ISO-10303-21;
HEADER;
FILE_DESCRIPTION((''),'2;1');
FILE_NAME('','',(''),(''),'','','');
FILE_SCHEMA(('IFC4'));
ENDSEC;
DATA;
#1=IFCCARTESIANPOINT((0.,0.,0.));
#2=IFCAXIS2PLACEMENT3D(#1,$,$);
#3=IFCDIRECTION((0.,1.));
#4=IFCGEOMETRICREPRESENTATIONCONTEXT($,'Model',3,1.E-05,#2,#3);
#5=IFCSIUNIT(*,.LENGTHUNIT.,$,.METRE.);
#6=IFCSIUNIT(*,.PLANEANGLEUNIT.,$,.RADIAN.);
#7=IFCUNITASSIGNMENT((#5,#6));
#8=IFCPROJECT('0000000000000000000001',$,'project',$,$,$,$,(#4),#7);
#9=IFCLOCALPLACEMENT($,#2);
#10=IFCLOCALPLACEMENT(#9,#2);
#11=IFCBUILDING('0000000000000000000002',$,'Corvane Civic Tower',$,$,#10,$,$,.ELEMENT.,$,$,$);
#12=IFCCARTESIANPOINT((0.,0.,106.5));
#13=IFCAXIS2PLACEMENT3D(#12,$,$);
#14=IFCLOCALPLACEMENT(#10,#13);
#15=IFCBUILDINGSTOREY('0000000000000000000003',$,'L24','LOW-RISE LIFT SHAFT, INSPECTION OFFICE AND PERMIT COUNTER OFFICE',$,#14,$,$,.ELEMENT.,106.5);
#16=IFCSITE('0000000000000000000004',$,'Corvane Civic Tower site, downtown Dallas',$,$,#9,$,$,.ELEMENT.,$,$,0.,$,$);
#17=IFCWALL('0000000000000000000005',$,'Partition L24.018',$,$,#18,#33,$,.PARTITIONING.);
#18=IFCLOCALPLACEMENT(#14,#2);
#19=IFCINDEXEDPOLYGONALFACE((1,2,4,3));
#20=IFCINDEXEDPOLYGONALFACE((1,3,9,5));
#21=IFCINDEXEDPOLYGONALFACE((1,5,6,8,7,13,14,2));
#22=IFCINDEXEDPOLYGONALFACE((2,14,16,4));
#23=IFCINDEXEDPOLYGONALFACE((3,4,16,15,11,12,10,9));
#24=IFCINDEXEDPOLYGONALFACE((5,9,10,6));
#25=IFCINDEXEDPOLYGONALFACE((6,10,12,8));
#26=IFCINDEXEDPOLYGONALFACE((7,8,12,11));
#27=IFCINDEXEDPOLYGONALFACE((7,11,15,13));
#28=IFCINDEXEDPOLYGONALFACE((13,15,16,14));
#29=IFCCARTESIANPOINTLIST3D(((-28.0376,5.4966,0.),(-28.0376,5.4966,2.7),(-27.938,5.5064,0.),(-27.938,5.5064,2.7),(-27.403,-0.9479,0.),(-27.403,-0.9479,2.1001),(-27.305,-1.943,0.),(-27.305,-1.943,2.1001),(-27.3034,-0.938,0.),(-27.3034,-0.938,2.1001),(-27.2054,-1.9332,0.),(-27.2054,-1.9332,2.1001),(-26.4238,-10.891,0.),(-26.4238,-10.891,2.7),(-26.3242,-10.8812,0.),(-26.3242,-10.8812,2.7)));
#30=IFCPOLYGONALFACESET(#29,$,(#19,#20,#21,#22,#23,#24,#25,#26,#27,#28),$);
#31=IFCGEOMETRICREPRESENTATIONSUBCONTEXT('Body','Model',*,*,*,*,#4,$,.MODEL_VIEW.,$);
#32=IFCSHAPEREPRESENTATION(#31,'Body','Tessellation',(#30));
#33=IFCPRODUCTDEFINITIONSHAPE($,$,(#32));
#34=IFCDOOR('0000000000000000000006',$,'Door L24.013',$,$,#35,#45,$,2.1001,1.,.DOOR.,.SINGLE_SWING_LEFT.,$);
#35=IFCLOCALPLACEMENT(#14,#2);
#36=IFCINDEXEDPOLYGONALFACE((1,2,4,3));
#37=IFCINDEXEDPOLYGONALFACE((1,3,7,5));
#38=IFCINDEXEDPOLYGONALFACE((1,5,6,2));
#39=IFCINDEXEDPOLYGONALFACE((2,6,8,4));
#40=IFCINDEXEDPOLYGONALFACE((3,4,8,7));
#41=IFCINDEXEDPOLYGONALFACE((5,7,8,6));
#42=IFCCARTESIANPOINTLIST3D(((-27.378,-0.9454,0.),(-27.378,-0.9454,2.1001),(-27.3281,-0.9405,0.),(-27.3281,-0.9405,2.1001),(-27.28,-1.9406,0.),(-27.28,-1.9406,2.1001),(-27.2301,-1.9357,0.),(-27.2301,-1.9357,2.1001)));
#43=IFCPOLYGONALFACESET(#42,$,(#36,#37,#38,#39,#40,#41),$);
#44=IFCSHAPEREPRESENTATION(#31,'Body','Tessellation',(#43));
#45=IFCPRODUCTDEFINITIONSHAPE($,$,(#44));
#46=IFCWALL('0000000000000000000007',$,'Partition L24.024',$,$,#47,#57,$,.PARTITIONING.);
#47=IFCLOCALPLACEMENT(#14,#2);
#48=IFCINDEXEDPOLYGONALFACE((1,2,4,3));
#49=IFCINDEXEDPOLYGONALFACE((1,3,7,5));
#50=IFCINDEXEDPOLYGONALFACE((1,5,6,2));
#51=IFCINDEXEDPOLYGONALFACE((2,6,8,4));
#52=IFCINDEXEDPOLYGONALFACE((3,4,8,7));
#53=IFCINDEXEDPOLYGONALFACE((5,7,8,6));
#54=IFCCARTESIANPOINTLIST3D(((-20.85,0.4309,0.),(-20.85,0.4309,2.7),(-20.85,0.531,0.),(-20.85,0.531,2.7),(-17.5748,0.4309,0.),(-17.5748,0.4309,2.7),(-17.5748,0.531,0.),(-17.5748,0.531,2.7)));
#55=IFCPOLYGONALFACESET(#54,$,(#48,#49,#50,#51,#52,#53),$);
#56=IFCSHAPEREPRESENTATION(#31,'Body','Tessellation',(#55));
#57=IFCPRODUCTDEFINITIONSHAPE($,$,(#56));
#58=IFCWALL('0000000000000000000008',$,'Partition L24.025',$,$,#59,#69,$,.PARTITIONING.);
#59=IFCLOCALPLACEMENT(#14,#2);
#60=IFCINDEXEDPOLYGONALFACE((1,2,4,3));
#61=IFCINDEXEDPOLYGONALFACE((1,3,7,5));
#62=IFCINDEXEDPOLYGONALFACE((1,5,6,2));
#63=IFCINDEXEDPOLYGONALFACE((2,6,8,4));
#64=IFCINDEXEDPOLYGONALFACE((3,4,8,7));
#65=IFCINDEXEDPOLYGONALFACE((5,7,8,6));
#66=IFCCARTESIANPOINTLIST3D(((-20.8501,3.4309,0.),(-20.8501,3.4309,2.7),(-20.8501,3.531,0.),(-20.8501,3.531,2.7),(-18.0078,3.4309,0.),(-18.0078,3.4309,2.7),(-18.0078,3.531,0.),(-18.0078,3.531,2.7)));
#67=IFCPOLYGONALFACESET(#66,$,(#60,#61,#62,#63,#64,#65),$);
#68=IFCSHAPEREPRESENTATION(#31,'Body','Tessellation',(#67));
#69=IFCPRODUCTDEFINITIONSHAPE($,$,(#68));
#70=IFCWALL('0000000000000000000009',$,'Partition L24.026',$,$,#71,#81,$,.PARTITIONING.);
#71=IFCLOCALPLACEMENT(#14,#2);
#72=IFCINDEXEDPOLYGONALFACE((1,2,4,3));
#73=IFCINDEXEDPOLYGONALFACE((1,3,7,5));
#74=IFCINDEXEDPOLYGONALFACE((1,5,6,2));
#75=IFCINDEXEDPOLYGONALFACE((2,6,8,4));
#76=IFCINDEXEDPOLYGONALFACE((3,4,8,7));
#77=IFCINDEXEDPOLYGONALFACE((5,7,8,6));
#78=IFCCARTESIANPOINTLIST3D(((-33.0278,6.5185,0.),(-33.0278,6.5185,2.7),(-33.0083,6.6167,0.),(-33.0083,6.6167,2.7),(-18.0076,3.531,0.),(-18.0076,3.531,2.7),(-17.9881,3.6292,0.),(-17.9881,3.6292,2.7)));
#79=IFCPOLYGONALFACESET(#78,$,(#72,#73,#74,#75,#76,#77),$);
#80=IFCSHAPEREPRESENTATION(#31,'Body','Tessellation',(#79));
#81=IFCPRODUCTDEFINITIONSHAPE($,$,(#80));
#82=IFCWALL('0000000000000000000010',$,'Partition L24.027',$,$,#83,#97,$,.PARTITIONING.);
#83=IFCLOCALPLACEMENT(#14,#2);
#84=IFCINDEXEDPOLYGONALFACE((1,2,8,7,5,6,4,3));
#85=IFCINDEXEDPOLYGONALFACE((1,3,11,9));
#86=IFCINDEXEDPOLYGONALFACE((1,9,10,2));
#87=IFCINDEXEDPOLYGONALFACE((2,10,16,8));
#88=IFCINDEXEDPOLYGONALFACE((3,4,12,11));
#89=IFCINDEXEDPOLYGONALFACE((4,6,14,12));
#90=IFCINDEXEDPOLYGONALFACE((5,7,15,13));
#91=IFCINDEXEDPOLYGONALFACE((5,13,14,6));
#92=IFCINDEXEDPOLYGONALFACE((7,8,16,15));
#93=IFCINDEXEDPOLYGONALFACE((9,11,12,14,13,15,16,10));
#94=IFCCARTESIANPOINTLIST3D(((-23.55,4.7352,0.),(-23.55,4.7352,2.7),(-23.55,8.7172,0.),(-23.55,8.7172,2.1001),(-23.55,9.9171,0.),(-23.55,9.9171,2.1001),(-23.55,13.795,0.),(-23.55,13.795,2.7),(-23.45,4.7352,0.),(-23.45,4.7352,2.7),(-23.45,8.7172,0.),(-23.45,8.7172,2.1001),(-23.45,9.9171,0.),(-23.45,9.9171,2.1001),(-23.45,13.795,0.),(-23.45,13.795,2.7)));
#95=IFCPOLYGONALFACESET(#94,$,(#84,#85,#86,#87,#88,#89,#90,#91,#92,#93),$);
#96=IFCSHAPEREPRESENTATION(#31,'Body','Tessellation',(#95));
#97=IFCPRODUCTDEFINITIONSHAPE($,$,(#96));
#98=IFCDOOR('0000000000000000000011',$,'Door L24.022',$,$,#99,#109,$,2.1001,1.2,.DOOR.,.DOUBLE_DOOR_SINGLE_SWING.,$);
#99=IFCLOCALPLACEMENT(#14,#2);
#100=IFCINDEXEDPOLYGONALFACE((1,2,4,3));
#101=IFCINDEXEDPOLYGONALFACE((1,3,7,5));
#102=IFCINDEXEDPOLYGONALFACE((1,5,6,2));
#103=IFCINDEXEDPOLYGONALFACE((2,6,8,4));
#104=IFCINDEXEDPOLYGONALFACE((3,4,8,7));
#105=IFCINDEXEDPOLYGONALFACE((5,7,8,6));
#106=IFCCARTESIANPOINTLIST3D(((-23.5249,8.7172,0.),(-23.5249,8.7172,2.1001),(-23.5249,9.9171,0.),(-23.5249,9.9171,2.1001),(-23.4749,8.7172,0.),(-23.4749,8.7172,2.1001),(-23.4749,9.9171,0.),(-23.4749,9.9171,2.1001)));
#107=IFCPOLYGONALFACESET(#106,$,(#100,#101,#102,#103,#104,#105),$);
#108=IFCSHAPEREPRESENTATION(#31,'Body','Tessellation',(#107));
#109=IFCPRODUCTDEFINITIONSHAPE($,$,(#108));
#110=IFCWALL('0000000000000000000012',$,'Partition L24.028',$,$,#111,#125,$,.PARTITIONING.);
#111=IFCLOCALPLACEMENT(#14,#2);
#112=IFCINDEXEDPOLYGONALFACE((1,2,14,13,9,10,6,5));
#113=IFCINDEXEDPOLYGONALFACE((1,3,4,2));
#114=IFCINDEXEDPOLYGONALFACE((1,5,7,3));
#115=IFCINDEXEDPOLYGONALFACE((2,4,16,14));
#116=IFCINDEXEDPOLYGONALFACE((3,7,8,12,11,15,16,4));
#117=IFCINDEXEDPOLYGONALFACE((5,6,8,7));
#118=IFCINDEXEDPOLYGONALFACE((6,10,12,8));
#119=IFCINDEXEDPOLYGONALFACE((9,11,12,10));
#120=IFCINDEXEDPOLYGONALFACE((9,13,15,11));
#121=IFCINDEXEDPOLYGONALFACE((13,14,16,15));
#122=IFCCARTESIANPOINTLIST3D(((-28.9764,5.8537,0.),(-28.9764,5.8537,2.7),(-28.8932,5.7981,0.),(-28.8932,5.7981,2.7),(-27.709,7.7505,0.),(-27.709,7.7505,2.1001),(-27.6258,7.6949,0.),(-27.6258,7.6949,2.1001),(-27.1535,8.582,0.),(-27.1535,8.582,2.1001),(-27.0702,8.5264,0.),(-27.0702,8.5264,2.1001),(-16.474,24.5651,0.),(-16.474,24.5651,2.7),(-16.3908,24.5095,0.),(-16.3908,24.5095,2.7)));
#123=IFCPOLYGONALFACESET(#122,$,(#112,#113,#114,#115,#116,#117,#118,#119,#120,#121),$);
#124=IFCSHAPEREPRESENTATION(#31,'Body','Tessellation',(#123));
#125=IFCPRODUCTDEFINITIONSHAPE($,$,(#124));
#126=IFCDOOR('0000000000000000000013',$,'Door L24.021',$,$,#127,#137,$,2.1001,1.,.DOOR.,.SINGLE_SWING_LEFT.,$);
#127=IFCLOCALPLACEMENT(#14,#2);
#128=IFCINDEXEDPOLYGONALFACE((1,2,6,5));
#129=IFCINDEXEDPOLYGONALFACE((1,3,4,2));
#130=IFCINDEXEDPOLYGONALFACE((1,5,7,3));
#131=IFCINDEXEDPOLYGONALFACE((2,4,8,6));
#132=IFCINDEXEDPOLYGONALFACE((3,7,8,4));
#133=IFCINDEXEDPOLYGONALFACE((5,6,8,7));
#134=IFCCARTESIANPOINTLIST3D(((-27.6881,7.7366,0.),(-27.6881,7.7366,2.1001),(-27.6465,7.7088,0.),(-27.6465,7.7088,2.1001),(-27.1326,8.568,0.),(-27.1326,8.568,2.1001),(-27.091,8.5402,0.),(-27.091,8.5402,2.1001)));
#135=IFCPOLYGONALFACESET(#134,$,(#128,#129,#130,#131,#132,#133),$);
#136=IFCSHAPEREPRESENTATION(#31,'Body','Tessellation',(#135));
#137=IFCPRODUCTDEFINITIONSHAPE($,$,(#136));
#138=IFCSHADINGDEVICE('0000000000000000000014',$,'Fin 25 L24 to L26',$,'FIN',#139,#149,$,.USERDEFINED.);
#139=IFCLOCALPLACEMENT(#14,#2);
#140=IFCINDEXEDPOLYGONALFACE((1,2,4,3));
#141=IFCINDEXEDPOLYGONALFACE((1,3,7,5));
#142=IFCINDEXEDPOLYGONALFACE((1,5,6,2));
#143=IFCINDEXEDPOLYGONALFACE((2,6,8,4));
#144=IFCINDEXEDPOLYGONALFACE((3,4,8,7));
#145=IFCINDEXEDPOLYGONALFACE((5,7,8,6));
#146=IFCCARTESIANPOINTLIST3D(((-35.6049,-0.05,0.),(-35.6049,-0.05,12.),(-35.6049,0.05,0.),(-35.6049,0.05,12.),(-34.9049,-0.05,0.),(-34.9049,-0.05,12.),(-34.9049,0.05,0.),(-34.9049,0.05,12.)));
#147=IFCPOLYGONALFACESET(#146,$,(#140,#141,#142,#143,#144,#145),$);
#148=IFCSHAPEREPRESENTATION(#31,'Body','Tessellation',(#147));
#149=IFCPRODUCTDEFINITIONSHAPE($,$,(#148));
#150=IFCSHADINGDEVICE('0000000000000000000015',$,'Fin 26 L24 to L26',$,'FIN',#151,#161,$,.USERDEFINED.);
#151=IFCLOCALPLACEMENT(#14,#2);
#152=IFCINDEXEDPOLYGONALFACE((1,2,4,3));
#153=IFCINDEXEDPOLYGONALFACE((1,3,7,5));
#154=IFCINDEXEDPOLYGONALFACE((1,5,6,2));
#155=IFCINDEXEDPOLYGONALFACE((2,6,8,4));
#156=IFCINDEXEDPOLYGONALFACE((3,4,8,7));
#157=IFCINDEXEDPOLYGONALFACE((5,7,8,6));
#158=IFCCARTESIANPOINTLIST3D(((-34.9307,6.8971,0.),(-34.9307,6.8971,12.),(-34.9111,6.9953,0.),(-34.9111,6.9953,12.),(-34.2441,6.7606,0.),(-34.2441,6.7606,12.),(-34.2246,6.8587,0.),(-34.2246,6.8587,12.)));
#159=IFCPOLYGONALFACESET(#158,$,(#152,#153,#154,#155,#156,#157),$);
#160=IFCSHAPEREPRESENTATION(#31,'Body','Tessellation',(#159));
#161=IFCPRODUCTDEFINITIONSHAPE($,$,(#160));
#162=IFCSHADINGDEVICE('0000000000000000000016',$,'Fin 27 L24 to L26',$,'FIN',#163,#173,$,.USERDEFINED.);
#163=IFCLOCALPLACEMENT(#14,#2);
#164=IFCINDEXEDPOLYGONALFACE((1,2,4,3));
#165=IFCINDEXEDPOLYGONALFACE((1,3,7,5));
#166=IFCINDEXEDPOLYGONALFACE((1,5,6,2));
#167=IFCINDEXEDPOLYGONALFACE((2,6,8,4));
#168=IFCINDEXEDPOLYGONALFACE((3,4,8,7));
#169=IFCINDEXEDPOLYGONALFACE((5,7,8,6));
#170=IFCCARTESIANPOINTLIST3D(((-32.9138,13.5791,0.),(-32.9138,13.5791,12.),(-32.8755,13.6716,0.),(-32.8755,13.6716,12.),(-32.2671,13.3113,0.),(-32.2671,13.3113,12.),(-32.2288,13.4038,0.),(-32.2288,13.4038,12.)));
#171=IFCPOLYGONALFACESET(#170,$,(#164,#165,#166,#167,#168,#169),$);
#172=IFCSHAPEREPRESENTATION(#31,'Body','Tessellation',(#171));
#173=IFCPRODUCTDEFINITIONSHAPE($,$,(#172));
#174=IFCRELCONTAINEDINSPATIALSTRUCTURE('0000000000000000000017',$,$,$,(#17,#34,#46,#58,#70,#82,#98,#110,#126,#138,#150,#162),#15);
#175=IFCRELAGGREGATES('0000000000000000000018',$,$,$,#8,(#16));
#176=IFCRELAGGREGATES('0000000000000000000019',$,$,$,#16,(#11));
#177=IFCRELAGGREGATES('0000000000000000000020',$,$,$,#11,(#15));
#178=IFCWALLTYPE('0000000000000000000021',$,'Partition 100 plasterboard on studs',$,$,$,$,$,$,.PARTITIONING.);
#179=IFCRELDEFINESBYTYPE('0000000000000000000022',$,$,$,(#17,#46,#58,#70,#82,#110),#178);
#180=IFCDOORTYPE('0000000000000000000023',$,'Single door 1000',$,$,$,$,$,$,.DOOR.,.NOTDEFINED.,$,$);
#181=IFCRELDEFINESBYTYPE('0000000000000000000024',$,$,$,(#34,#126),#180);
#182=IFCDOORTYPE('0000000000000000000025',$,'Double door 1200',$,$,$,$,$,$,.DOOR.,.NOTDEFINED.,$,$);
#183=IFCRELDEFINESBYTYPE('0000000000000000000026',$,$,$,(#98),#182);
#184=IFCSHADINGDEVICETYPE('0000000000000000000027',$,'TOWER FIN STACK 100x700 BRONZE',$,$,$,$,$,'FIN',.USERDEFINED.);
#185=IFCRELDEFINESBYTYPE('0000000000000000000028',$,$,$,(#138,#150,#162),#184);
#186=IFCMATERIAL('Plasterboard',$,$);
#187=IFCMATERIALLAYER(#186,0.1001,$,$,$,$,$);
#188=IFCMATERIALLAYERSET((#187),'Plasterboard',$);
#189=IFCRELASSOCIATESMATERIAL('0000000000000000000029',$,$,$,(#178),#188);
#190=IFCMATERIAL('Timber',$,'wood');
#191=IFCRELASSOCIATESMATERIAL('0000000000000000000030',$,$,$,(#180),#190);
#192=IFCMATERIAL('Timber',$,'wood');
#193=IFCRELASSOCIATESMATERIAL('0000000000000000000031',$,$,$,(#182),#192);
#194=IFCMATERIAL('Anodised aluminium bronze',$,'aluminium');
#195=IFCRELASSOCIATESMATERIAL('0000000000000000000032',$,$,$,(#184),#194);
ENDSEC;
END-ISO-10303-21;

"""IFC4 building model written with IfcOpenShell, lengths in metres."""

from ifc_helpers import new_model, si_unit, direction, frame, frame_2d, origin, origin_2d, place, context, subcontext, project, spatial, rectangle, extrude, material, layer, layer_set, material_profile, profile_set, type_object, element, fill, save


model = new_model("IFC4")

# Units and contexts
model_context = context("Model", 3, precision=1e-05, world=origin(), true_north=direction((0.0, 1.0)))
body_context = subcontext(model_context, "Body", "Model", "MODEL_VIEW")
ifc_project = project(units=[si_unit("LENGTHUNIT", "METRE"), si_unit("PLANEANGLEUNIT", "RADIAN")], contexts=[model_context])

# Site, building, storey
site_placement = place(None, origin())
site = spatial("IfcSite", under=ifc_project, at=site_placement, Name="Corvane Civic Tower site, downtown Dallas", CompositionType="ELEMENT", RefElevation=0.0)
building_placement = place(site_placement, origin())
building = spatial("IfcBuilding", under=site, at=building_placement, Name="Corvane Civic Tower", CompositionType="ELEMENT")
storey_placement = place(building_placement, frame((0.0, 0.0, 106.5)))
storey = spatial("IfcBuildingStorey", under=building, at=storey_placement, Name="L24", Description="LOW-RISE LIFT SHAFT, INSPECTION OFFICE AND PERMIT COUNTER OFFICE", CompositionType="ELEMENT", Elevation=106.5)

# Wall, opening, door
ifc_material_1 = material(Name="Plasterboard")
ifc_layer_1 = layer(ifc_material_1, 0.1001)
ifc_layer_set_1 = layer_set([ifc_layer_1], Name="Plasterboard")
wall_type = type_object("IfcWallType", Name="Partition 100 plasterboard on studs", PredefinedType="PARTITIONING", material=ifc_layer_set_1)
wall_1_placement = place(storey_placement, frame((-27.9878, 5.5015, 0.0), z_axis=(0.0, 0.0, 1.0), x_axis=(0.098002, -0.995186, 0.0)))
wall_1 = element("IfcWall", 1, at=wall_1_placement, inside=storey, type_object=wall_type, Name="Partition L24.018", PredefinedType="PARTITIONING", context=body_context, shape_type="SweptSolid", body=[
    extrude(rectangle(XDim=16.4668, YDim=0.1001, at=frame_2d((8.2334, 0.0))), origin(), (0.0, 0.0, 1.0), 2.7),
])
opening_1_placement = place(wall_1_placement, frame((6.4756, 0.0, 0.0)))
opening_1 = element("IfcOpeningElement", 2, at=opening_1_placement, cuts=wall_1, PredefinedType="OPENING", context=body_context, shape_type="SweptSolid", body=[
    extrude(rectangle(XDim=1.0, YDim=2.1001, at=frame_2d((0.5, 1.05))), frame((0.0, 0.0601, 0.0), z_axis=(0.0, -1.0, 0.0), x_axis=(1.0, 0.0, 0.0)), (0.0, 0.0, 1.0), 0.1201),
])
ifc_material_2 = material(Name="Timber", Category="wood")
door_type_1 = type_object("IfcDoorType", Name="Single door 1000", OperationType="NOTDEFINED", PredefinedType="DOOR", material=ifc_material_2)
door_1_placement = place(opening_1_placement, frame((1.0, 0.0, 0.0), z_axis=(0.0, 0.0, 1.0), x_axis=(-1.0, 0.0, 0.0)))
door_1 = element("IfcDoor", 3, at=door_1_placement, inside=storey, type_object=door_type_1, Name="Door L24.013", OperationType="SINGLE_SWING_LEFT", OverallHeight=2.1001, OverallWidth=1.0, PredefinedType="DOOR", context=body_context, shape_type="SweptSolid", body=[
    extrude(rectangle(XDim=1.0, YDim=2.1001, at=frame_2d((0.5, 1.05))), frame((0.0, 0.0249, 0.0), z_axis=(0.0, -1.0, 0.0), x_axis=(1.0, 0.0, 0.0)), (0.0, 0.0, 1.0), 0.05),
])
fill(opening_1, door_1)

# Walls
wall_2_placement = place(storey_placement, frame((-20.8501, 0.481, 0.0), z_axis=(0.0, 0.0, 1.0), x_axis=(1.0, 0.0, 0.0)))
element("IfcWall", 4, at=wall_2_placement, inside=storey, type_object=wall_type, Name="Partition L24.024", PredefinedType="PARTITIONING", context=body_context, shape_type="SweptSolid", body=[
    extrude(rectangle(XDim=3.2751, YDim=0.1001, at=frame_2d((1.6377, 0.0))), origin(), (0.0, 0.0, 1.0), 2.7),
])
wall_3_placement = place(storey_placement, frame((-20.8501, 3.481, 0.0), z_axis=(0.0, 0.0, 1.0), x_axis=(1.0, 0.0, 0.0)))
element("IfcWall", 5, at=wall_3_placement, inside=storey, type_object=wall_type, Name="Partition L24.025", PredefinedType="PARTITIONING", context=body_context, shape_type="SweptSolid", body=[
    extrude(rectangle(XDim=2.8423, YDim=0.1001, at=frame_2d((1.4211, 0.0))), origin(), (0.0, 0.0, 1.0), 2.7),
])
wall_4_placement = place(storey_placement, frame((-33.0181, 6.5676, 0.0), z_axis=(0.0, 0.0, 1.0), x_axis=(0.980787, -0.19508, 0.0)))
element("IfcWall", 6, at=wall_4_placement, inside=storey, type_object=wall_type, Name="Partition L24.026", PredefinedType="PARTITIONING", context=body_context, shape_type="SweptSolid", body=[
    extrude(rectangle(XDim=15.3145, YDim=0.1001, at=frame_2d((7.6572, 0.0))), origin(), (0.0, 0.0, 1.0), 2.7),
])

# Walls, openings, doors
wall_5_placement = place(storey_placement, frame((-23.5, 4.7354, 0.0), z_axis=(0.0, 0.0, 1.0), x_axis=(0.0, 1.0, 0.0)))
wall_5 = element("IfcWall", 7, at=wall_5_placement, inside=storey, type_object=wall_type, Name="Partition L24.027", PredefinedType="PARTITIONING", context=body_context, shape_type="SweptSolid", body=[
    extrude(rectangle(XDim=9.0598, YDim=0.1001, at=frame_2d((4.5298, 0.0))), origin(), (0.0, 0.0, 1.0), 2.7),
])
opening_2_placement = place(wall_5_placement, frame((3.9817, 0.0, 0.0)))
opening_2 = element("IfcOpeningElement", 8, at=opening_2_placement, cuts=wall_5, PredefinedType="OPENING", context=body_context, shape_type="SweptSolid", body=[
    extrude(rectangle(XDim=1.2, YDim=2.1001, at=frame_2d((0.6001, 1.05))), frame((0.0, 0.0601, 0.0), z_axis=(0.0, -1.0, 0.0), x_axis=(1.0, 0.0, 0.0)), (0.0, 0.0, 1.0), 0.1201),
])
ifc_material_3 = material(Name="Timber", Category="wood")
door_type_2 = type_object("IfcDoorType", Name="Double door 1200", OperationType="NOTDEFINED", PredefinedType="DOOR", material=ifc_material_3)
door_2_placement = place(opening_2_placement, origin())
door_2 = element("IfcDoor", 9, at=door_2_placement, inside=storey, type_object=door_type_2, Name="Door L24.022", OperationType="DOUBLE_DOOR_SINGLE_SWING", OverallHeight=2.1001, OverallWidth=1.2, PredefinedType="DOOR", context=body_context, shape_type="SweptSolid", body=[
    extrude(rectangle(XDim=1.2, YDim=2.1001, at=frame_2d((0.6001, 1.05))), frame((0.0, 0.0249, 0.0), z_axis=(0.0, -1.0, 0.0), x_axis=(1.0, 0.0, 0.0)), (0.0, 0.0, 1.0), 0.05),
])
fill(opening_2, door_2)
wall_6_placement = place(storey_placement, frame((-28.9348, 5.8259, 0.0), z_axis=(0.0, 0.0, 1.0), x_axis=(0.555566, 0.831472, 0.0)))
wall_6 = element("IfcWall", 10, at=wall_6_placement, inside=storey, type_object=wall_type, Name="Partition L24.028", PredefinedType="PARTITIONING", context=body_context, shape_type="SweptSolid", body=[
    extrude(rectangle(XDim=22.5039, YDim=0.1001, at=frame_2d((11.252, 0.0))), origin(), (0.0, 0.0, 1.0), 2.7),
])
opening_3_placement = place(wall_6_placement, frame((2.2812, 0.0, 0.0)))
opening_3 = element("IfcOpeningElement", 11, at=opening_3_placement, cuts=wall_6, PredefinedType="OPENING", context=body_context, shape_type="SweptSolid", body=[
    extrude(rectangle(XDim=1.0, YDim=2.1001, at=frame_2d((0.5, 1.05))), frame((0.0, 0.0601, 0.0), z_axis=(0.0, -1.0, 0.0), x_axis=(1.0, 0.0, 0.0)), (0.0, 0.0, 1.0), 0.1201),
])
door_3_placement = place(opening_3_placement, origin())
door_3 = element("IfcDoor", 12, at=door_3_placement, inside=storey, type_object=door_type_1, Name="Door L24.021", OperationType="SINGLE_SWING_LEFT", OverallHeight=2.1001, OverallWidth=1.0, PredefinedType="DOOR", context=body_context, shape_type="SweptSolid", body=[
    extrude(rectangle(XDim=1.0, YDim=2.1001, at=frame_2d((0.5, 1.05))), frame((0.0, 0.0249, 0.0), z_axis=(0.0, -1.0, 0.0), x_axis=(1.0, 0.0, 0.0)), (0.0, 0.0, 1.0), 0.05),
])
fill(opening_3, door_3)

# Shading devices
ifc_material_4 = material(Name="Anodised aluminium bronze", Category="aluminium")
ifc_material_profile_1 = material_profile(ifc_material_4, rectangle(XDim=0.1001, YDim=0.7, at=origin_2d()), Name="TOWER FIN STACK 100x700 BRONZE")
ifc_profile_set_1 = profile_set([ifc_material_profile_1], Name="Anodised aluminium bronze")
shading_device_type = type_object("IfcShadingDeviceType", Name="TOWER FIN STACK 100x700 BRONZE", ElementType="FIN", PredefinedType="USERDEFINED", material=ifc_profile_set_1)
for number, where, z_axis, x_axis, name in (
    (13, (-35.2549, 0.0, 0.0), (0.0, 0.0, 1.0), (0.0, 1.0, 0.0), "Fin 25 L24 to L26"),
    (14, (-34.5776, 6.8779, 0.0), (0.0, 0.0, 1.0), (0.19509, 0.980785, 0.0), "Fin 26 L24 to L26"),
    (15, (-32.5713, 13.4915, 0.0), (0.0, 0.0, 1.0), (0.382683, 0.92388, 0.0), "Fin 27 L24 to L26"),
):
    element("IfcShadingDevice", number, at=place(storey_placement, frame(where, z_axis=z_axis, x_axis=x_axis)), inside=storey, type_object=shading_device_type, Name=name, ObjectType="FIN", PredefinedType="USERDEFINED", context=body_context, shape_type="SweptSolid", body=[
        extrude(rectangle(XDim=0.1001, YDim=0.7, at=origin_2d()), origin(), (0.0, 0.0, 1.0), 12.0),
    ])

save(model, "model.ifc")
